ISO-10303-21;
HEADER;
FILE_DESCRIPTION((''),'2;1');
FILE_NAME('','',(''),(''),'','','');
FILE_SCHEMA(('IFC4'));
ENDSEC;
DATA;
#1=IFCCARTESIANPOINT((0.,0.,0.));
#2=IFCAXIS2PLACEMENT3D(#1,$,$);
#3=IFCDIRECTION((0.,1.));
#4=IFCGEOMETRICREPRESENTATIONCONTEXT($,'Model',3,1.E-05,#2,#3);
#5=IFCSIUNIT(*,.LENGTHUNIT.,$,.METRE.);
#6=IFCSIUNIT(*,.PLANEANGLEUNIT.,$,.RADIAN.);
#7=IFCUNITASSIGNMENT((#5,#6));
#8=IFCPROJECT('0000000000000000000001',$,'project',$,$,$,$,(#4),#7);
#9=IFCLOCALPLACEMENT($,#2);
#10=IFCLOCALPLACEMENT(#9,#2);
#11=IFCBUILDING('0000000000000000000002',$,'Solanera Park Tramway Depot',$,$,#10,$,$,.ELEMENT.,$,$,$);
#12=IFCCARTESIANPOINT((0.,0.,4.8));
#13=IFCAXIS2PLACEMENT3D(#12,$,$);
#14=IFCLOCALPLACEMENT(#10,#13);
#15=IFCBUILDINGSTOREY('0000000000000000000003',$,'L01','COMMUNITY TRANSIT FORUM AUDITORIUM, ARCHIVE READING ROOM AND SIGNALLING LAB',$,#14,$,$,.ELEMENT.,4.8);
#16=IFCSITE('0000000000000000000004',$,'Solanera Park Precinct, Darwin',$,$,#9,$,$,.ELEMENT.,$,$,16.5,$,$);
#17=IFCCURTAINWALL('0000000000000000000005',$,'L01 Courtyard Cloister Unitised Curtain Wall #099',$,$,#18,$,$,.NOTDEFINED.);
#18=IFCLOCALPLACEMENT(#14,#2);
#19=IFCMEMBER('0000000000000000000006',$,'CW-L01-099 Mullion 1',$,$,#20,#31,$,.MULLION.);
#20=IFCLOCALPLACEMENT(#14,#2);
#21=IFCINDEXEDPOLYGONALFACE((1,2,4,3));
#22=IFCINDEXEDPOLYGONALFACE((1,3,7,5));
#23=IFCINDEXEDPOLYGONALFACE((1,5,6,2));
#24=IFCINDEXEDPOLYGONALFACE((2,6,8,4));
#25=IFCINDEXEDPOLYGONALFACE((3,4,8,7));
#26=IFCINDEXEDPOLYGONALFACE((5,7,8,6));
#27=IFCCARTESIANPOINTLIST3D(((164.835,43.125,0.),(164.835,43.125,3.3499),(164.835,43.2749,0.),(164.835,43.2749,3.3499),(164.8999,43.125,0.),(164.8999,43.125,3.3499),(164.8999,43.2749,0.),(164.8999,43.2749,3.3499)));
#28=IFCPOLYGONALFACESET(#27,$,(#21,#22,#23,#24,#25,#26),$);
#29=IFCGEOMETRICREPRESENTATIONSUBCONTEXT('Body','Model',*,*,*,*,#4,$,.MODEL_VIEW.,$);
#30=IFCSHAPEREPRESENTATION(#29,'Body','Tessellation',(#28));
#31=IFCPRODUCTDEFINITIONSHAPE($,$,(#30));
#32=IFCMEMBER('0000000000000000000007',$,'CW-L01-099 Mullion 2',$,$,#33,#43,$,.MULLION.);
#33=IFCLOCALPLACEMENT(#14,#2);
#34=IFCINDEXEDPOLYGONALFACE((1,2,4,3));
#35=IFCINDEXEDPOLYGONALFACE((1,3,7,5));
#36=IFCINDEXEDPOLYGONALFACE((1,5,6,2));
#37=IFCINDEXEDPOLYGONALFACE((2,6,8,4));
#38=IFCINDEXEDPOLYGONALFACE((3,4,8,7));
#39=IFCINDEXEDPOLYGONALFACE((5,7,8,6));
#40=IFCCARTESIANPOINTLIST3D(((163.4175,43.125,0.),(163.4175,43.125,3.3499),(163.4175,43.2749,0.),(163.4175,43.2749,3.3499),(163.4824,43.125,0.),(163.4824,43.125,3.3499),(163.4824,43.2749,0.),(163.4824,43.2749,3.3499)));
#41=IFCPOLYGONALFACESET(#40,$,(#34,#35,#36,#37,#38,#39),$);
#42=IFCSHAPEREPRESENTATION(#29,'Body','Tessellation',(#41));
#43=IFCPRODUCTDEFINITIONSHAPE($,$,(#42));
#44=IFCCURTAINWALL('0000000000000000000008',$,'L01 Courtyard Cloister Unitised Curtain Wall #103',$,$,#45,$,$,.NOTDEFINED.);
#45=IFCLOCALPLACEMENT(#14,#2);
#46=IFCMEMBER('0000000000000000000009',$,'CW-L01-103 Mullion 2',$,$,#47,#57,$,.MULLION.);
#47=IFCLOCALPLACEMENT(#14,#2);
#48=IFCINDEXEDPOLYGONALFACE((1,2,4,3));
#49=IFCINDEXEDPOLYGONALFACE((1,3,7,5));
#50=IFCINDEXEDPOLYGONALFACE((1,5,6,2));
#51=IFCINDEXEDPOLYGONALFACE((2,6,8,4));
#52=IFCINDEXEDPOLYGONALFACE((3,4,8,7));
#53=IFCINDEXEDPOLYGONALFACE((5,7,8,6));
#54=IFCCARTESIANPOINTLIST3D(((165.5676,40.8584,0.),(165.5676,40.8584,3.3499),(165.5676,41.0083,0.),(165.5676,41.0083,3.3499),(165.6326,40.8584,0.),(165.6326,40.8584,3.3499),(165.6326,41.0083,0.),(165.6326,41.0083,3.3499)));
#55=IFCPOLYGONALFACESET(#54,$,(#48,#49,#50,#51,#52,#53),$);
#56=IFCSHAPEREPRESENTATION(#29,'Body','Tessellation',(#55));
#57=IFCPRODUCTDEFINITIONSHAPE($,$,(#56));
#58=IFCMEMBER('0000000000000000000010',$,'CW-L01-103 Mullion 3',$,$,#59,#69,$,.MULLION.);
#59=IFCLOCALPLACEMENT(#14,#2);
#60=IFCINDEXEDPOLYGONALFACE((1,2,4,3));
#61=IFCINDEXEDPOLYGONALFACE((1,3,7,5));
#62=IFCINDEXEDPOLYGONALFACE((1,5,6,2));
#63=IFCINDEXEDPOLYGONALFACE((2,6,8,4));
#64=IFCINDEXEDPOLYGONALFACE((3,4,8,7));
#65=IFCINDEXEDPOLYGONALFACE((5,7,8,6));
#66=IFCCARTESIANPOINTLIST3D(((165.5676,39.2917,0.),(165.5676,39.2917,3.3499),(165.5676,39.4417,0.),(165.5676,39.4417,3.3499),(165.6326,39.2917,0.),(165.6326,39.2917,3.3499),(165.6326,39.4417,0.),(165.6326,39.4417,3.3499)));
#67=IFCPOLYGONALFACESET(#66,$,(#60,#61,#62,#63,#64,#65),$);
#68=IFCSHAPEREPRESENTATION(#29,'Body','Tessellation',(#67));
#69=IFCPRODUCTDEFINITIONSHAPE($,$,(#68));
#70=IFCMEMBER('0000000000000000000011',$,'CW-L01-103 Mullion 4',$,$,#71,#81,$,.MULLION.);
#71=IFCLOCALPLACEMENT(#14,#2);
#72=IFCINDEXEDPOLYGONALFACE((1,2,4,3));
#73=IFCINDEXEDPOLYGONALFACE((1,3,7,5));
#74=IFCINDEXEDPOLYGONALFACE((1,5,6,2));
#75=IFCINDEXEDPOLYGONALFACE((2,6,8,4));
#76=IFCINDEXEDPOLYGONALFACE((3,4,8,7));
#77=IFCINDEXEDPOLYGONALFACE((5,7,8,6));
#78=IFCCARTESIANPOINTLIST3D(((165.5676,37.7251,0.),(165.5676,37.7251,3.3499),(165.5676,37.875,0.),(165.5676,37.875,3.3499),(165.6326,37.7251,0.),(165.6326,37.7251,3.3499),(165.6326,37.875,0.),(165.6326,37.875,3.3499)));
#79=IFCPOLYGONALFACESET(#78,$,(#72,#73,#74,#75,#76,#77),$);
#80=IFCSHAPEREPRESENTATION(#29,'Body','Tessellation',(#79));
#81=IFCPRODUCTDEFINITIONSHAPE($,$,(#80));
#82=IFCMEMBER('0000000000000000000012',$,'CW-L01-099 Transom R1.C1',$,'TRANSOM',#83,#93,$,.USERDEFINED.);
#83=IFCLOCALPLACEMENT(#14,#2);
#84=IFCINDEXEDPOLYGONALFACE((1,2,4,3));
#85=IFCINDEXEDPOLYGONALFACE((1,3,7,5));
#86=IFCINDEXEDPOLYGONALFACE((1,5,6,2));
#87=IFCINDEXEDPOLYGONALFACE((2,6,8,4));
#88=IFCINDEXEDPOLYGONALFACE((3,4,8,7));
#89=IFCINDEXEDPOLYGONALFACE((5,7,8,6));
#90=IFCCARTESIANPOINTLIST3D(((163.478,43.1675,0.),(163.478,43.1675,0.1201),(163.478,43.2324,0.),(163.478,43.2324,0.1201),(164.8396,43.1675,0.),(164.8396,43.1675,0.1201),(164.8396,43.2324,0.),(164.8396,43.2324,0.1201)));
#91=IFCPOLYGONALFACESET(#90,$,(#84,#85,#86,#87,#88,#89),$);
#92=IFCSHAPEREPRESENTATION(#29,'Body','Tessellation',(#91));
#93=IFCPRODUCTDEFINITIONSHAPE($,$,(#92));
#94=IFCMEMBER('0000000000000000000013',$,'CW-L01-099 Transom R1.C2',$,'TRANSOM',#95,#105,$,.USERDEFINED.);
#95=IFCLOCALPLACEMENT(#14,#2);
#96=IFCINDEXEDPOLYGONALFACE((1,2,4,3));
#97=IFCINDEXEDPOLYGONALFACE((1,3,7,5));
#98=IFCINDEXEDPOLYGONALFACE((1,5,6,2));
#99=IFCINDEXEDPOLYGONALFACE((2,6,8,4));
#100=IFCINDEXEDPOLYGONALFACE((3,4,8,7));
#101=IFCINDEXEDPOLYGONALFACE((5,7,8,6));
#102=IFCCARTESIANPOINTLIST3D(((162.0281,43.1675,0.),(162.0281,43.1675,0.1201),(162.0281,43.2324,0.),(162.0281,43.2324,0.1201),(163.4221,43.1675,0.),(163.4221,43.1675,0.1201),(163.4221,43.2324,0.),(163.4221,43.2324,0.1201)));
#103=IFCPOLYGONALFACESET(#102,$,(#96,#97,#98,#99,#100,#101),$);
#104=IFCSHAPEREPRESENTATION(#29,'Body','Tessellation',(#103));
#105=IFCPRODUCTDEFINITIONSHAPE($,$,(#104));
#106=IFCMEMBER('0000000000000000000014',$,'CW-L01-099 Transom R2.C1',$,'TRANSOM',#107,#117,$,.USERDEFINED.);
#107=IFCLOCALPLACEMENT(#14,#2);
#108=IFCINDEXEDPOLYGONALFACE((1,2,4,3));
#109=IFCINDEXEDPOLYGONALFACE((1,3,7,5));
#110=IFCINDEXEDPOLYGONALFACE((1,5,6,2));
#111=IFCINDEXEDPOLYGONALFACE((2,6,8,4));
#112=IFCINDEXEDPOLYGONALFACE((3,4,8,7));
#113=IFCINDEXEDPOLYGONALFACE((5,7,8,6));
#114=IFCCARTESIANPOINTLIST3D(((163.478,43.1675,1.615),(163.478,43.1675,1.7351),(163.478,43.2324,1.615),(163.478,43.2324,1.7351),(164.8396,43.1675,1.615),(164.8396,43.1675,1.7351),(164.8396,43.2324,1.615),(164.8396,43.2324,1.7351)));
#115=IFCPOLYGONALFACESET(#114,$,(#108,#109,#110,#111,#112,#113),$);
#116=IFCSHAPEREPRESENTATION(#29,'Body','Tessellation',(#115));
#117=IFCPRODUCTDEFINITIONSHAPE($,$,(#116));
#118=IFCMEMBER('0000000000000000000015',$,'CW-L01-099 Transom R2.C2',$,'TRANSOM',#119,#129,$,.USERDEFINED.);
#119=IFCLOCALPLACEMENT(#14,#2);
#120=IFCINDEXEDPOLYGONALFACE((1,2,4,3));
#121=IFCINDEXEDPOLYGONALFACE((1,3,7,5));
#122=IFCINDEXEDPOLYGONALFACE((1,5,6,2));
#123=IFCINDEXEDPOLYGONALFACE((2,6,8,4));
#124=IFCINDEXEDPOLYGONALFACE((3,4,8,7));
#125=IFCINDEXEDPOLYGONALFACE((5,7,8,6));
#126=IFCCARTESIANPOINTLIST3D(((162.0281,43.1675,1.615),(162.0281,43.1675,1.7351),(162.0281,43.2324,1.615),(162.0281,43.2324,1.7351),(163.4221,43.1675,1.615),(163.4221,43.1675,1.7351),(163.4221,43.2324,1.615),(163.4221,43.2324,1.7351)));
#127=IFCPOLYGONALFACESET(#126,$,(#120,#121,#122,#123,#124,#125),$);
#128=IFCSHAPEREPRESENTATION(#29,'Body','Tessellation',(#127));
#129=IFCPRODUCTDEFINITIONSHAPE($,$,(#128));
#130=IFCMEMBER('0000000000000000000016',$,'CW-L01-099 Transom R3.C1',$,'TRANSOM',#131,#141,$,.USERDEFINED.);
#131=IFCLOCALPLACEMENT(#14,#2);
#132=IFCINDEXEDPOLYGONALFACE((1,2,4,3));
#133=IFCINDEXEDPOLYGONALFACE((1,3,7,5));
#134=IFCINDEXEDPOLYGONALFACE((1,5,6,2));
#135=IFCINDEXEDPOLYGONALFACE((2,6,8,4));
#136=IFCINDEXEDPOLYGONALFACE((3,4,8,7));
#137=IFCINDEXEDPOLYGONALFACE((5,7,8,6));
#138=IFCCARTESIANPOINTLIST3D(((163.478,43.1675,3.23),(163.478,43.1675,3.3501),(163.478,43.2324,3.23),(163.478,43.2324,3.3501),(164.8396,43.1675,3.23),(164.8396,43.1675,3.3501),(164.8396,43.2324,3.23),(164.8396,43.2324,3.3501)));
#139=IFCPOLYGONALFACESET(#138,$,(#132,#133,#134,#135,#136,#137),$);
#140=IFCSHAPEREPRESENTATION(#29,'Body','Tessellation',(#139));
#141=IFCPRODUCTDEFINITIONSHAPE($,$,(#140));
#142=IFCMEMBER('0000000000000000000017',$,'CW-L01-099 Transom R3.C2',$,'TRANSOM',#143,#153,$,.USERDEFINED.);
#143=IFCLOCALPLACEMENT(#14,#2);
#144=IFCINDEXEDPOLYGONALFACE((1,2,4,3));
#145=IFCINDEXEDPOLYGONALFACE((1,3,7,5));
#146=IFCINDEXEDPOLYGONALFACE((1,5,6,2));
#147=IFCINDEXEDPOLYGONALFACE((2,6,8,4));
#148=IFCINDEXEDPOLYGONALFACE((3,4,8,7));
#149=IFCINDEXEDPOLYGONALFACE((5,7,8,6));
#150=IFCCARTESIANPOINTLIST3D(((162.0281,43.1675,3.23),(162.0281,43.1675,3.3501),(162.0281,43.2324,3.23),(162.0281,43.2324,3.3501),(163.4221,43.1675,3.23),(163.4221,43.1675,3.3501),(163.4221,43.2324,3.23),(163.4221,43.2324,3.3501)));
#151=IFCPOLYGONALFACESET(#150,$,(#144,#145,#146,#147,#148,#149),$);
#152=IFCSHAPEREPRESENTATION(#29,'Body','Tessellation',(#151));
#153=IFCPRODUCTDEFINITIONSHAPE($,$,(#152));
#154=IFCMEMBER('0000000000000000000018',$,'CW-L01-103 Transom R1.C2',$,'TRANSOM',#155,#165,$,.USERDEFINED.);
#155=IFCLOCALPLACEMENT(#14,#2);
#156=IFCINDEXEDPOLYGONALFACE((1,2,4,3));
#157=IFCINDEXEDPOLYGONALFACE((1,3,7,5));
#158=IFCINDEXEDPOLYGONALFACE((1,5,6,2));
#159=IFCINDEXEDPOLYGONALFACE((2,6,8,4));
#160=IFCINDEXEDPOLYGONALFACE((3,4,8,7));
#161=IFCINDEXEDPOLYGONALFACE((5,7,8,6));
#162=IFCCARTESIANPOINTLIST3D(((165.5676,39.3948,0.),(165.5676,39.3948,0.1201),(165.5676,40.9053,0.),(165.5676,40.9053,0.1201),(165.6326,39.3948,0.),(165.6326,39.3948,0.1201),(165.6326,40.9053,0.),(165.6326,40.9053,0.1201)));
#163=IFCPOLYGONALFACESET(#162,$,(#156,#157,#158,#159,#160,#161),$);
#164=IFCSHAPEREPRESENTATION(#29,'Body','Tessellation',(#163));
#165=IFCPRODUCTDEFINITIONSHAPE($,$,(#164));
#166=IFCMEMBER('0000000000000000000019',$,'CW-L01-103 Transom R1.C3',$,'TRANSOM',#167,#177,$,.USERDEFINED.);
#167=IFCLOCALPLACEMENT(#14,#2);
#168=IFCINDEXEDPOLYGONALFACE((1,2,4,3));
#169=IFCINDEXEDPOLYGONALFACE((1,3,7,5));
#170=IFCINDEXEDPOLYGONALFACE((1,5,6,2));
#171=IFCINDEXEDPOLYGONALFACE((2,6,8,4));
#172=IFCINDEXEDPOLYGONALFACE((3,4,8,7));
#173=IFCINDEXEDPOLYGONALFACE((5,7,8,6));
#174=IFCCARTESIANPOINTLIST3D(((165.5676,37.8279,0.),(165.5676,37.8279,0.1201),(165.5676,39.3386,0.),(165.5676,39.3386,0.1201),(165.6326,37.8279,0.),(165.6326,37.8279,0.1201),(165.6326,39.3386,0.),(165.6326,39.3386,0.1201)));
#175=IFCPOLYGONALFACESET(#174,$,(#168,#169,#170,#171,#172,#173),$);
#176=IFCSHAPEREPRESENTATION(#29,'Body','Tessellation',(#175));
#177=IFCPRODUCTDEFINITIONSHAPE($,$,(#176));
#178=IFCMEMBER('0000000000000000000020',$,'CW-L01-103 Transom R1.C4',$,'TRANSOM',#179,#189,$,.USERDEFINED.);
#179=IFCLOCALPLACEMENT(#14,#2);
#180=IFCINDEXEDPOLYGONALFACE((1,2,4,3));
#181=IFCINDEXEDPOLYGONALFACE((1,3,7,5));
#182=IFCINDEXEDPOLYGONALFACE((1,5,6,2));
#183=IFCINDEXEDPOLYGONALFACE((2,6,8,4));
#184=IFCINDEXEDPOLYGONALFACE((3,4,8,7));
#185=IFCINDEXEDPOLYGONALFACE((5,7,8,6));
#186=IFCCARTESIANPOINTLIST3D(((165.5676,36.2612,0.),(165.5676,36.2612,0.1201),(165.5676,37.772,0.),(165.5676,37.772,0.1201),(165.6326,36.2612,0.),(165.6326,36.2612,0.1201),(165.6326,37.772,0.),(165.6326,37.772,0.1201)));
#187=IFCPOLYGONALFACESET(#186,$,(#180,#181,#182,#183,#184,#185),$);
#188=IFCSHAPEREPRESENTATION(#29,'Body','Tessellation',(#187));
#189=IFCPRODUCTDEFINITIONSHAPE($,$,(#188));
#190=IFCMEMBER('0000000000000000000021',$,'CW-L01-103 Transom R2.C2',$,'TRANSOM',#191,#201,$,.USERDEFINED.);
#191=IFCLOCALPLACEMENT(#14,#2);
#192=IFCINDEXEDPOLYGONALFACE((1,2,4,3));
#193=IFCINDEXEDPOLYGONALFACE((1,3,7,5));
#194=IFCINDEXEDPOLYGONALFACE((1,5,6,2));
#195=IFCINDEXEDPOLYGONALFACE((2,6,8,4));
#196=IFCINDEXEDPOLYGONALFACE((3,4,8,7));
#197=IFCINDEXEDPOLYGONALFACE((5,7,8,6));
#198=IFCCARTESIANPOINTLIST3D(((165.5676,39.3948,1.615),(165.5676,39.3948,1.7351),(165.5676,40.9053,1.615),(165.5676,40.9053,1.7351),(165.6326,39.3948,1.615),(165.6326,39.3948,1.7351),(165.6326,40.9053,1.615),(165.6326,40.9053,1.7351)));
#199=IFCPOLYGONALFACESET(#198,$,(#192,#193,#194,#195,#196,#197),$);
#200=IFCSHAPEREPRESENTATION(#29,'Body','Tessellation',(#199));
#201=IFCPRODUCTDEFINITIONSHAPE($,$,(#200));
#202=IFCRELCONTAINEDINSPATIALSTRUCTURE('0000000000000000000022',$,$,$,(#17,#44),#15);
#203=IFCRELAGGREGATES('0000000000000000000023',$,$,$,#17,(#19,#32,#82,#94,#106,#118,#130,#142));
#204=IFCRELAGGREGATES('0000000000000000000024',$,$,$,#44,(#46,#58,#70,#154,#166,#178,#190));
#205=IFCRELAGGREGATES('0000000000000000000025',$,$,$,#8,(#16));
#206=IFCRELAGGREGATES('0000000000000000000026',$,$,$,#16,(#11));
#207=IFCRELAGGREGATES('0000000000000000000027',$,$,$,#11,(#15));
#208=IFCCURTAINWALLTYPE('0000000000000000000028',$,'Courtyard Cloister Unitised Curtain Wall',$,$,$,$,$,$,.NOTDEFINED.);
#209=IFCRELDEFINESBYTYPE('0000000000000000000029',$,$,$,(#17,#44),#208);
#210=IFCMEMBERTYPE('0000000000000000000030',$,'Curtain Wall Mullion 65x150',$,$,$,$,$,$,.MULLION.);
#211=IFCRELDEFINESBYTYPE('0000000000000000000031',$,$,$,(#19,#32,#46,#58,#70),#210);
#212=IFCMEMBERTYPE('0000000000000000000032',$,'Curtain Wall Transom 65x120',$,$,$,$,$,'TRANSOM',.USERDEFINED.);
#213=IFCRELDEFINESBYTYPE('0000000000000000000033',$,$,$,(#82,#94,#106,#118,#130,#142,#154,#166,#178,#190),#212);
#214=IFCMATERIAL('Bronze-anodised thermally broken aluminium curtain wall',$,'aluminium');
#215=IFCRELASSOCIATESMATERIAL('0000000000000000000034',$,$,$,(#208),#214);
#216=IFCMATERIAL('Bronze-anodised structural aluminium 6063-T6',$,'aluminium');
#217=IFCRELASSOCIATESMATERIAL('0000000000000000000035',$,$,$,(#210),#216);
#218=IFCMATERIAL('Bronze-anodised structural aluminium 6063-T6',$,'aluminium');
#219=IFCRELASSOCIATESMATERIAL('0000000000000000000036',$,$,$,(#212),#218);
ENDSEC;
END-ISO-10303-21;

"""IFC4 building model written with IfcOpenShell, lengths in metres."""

from ifc_helpers import new_model, si_unit, direction, frame, origin, origin_2d, place, context, subcontext, project, spatial, rectangle, extrude, material, material_profile, profile_set, type_object, element, aggregate, save


model = new_model("IFC4")

# Units and contexts
model_context = context("Model", 3, precision=1e-05, world=origin(), true_north=direction((0.0, 1.0)))
body_context = subcontext(model_context, "Body", "Model", "MODEL_VIEW")
ifc_project = project(units=[si_unit("LENGTHUNIT", "METRE"), si_unit("PLANEANGLEUNIT", "RADIAN")], contexts=[model_context])

# Site, building, storey
site_placement = place(None, origin())
site = spatial("IfcSite", under=ifc_project, at=site_placement, Name="Solanera Park Precinct, Darwin", CompositionType="ELEMENT", RefElevation=16.5)
building_placement = place(site_placement, origin())
building = spatial("IfcBuilding", under=site, at=building_placement, Name="Solanera Park Tramway Depot", CompositionType="ELEMENT")
storey_placement = place(building_placement, frame((0.0, 0.0, 4.8)))
storey = spatial("IfcBuildingStorey", under=building, at=storey_placement, Name="L01", Description="COMMUNITY TRANSIT FORUM AUDITORIUM, ARCHIVE READING ROOM AND SIGNALLING LAB", CompositionType="ELEMENT", Elevation=4.8)

# Curtain walls, members
ifc_material_1 = material(Name="Bronze-anodised thermally broken aluminium curtain wall", Category="aluminium")
curtain_wall_type = type_object("IfcCurtainWallType", Name="Courtyard Cloister Unitised Curtain Wall", PredefinedType="NOTDEFINED", material=ifc_material_1)
curtain_wall_1_placement = place(storey_placement, origin())
curtain_wall_1 = element("IfcCurtainWall", 1, at=curtain_wall_1_placement, inside=storey, type_object=curtain_wall_type, Name="L01 Courtyard Cloister Unitised Curtain Wall #099", PredefinedType="NOTDEFINED")
ifc_material_2 = material(Name="Bronze-anodised structural aluminium 6063-T6", Category="aluminium")
ifc_material_profile_1 = material_profile(ifc_material_2, rectangle(XDim=0.0649, YDim=0.1499, at=origin_2d()), Name="Curtain Wall Mullion 65x150")
ifc_profile_set_1 = profile_set([ifc_material_profile_1], Name="Bronze-anodised structural aluminium 6063-T6")
member_type_1 = type_object("IfcMemberType", Name="Curtain Wall Mullion 65x150", PredefinedType="MULLION", material=ifc_profile_set_1)
member_1_placement = place(storey_placement, frame((164.8674, 43.2, 0.0), z_axis=(0.0, 0.0, 1.0), x_axis=(1.0, 0.0, 0.0)))
member_1 = element("IfcMember", 2, at=member_1_placement, type_object=member_type_1, Name="CW-L01-099 Mullion 1", PredefinedType="MULLION", context=body_context, shape_type="SweptSolid", body=[
    extrude(rectangle(XDim=0.0649, YDim=0.1499, at=origin_2d()), origin(), (0.0, 0.0, 1.0), 3.3499),
])
member_2_placement = place(storey_placement, frame((163.45, 43.2, 0.0), z_axis=(0.0, 0.0, 1.0), x_axis=(1.0, 0.0, 0.0)))
member_2 = element("IfcMember", 3, at=member_2_placement, type_object=member_type_1, Name="CW-L01-099 Mullion 2", PredefinedType="MULLION", context=body_context, shape_type="SweptSolid", body=[
    extrude(rectangle(XDim=0.0649, YDim=0.1499, at=origin_2d()), origin(), (0.0, 0.0, 1.0), 3.3499),
])
curtain_wall_2_placement = place(storey_placement, origin())
curtain_wall_2 = element("IfcCurtainWall", 4, at=curtain_wall_2_placement, inside=storey, type_object=curtain_wall_type, Name="L01 Courtyard Cloister Unitised Curtain Wall #103", PredefinedType="NOTDEFINED")
member_3_placement = place(storey_placement, frame((165.6001, 40.9333, 0.0), z_axis=(0.0, 0.0, 1.0), x_axis=(1.0, 0.0, 0.0)))
member_3 = element("IfcMember", 5, at=member_3_placement, type_object=member_type_1, Name="CW-L01-103 Mullion 2", PredefinedType="MULLION", context=body_context, shape_type="SweptSolid", body=[
    extrude(rectangle(XDim=0.0649, YDim=0.1499, at=origin_2d()), origin(), (0.0, 0.0, 1.0), 3.3499),
])
member_4_placement = place(storey_placement, frame((165.6001, 39.3667, 0.0), z_axis=(0.0, 0.0, 1.0), x_axis=(1.0, 0.0, 0.0)))
member_4 = element("IfcMember", 6, at=member_4_placement, type_object=member_type_1, Name="CW-L01-103 Mullion 3", PredefinedType="MULLION", context=body_context, shape_type="SweptSolid", body=[
    extrude(rectangle(XDim=0.0649, YDim=0.1499, at=origin_2d()), origin(), (0.0, 0.0, 1.0), 3.3499),
])
member_5_placement = place(storey_placement, frame((165.6001, 37.8, 0.0), z_axis=(0.0, 0.0, 1.0), x_axis=(1.0, 0.0, 0.0)))
member_5 = element("IfcMember", 7, at=member_5_placement, type_object=member_type_1, Name="CW-L01-103 Mullion 4", PredefinedType="MULLION", context=body_context, shape_type="SweptSolid", body=[
    extrude(rectangle(XDim=0.0649, YDim=0.1499, at=origin_2d()), origin(), (0.0, 0.0, 1.0), 3.3499),
])

# Members
ifc_material_3 = material(Name="Bronze-anodised structural aluminium 6063-T6", Category="aluminium")
ifc_material_profile_2 = material_profile(ifc_material_3, rectangle(XDim=0.0649, YDim=0.1201, at=origin_2d()), Name="Curtain Wall Transom 65x120")
ifc_profile_set_2 = profile_set([ifc_material_profile_2], Name="Bronze-anodised structural aluminium 6063-T6")
member_type_2 = type_object("IfcMemberType", Name="Curtain Wall Transom 65x120", ElementType="TRANSOM", PredefinedType="USERDEFINED", material=ifc_profile_set_2)
member_6_placement = place(storey_placement, frame((164.8396, 43.2, 0.0601), z_axis=(-1.0, 0.0, 0.0), x_axis=(0.0, -1.0, 0.0)))
member_6 = element("IfcMember", 8, at=member_6_placement, type_object=member_type_2, Name="CW-L01-099 Transom R1.C1", ObjectType="TRANSOM", PredefinedType="USERDEFINED", context=body_context, shape_type="SweptSolid", body=[
    extrude(rectangle(XDim=0.0649, YDim=0.1201, at=origin_2d()), origin(), (0.0, 0.0, 1.0), 1.3616),
])
member_7_placement = place(storey_placement, frame((163.4221, 43.2, 0.0601), z_axis=(-1.0, 0.0, 0.0), x_axis=(0.0, -1.0, 0.0)))
member_7 = element("IfcMember", 9, at=member_7_placement, type_object=member_type_2, Name="CW-L01-099 Transom R1.C2", ObjectType="TRANSOM", PredefinedType="USERDEFINED", context=body_context, shape_type="SweptSolid", body=[
    extrude(rectangle(XDim=0.0649, YDim=0.1201, at=origin_2d()), origin(), (0.0, 0.0, 1.0), 1.394),
])
member_8_placement = place(storey_placement, frame((164.8396, 43.2, 1.675), z_axis=(-1.0, 0.0, 0.0), x_axis=(0.0, -1.0, 0.0)))
member_8 = element("IfcMember", 10, at=member_8_placement, type_object=member_type_2, Name="CW-L01-099 Transom R2.C1", ObjectType="TRANSOM", PredefinedType="USERDEFINED", context=body_context, shape_type="SweptSolid", body=[
    extrude(rectangle(XDim=0.0649, YDim=0.1201, at=origin_2d()), origin(), (0.0, 0.0, 1.0), 1.3616),
])
member_9_placement = place(storey_placement, frame((163.4221, 43.2, 1.675), z_axis=(-1.0, 0.0, 0.0), x_axis=(0.0, -1.0, 0.0)))
member_9 = element("IfcMember", 11, at=member_9_placement, type_object=member_type_2, Name="CW-L01-099 Transom R2.C2", ObjectType="TRANSOM", PredefinedType="USERDEFINED", context=body_context, shape_type="SweptSolid", body=[
    extrude(rectangle(XDim=0.0649, YDim=0.1201, at=origin_2d()), origin(), (0.0, 0.0, 1.0), 1.394),
])
member_10_placement = place(storey_placement, frame((164.8396, 43.2, 3.29), z_axis=(-1.0, 0.0, 0.0), x_axis=(0.0, -1.0, 0.0)))
member_10 = element("IfcMember", 12, at=member_10_placement, type_object=member_type_2, Name="CW-L01-099 Transom R3.C1", ObjectType="TRANSOM", PredefinedType="USERDEFINED", context=body_context, shape_type="SweptSolid", body=[
    extrude(rectangle(XDim=0.0649, YDim=0.1201, at=origin_2d()), origin(), (0.0, 0.0, 1.0), 1.3616),
])
member_11_placement = place(storey_placement, frame((163.4221, 43.2, 3.29), z_axis=(-1.0, 0.0, 0.0), x_axis=(0.0, -1.0, 0.0)))
member_11 = element("IfcMember", 13, at=member_11_placement, type_object=member_type_2, Name="CW-L01-099 Transom R3.C2", ObjectType="TRANSOM", PredefinedType="USERDEFINED", context=body_context, shape_type="SweptSolid", body=[
    extrude(rectangle(XDim=0.0649, YDim=0.1201, at=origin_2d()), origin(), (0.0, 0.0, 1.0), 1.394),
])
member_12_placement = place(storey_placement, frame((165.6001, 40.9053, 0.0601), z_axis=(0.0, -1.0, 0.0), x_axis=(1.0, 0.0, 0.0)))
member_12 = element("IfcMember", 14, at=member_12_placement, type_object=member_type_2, Name="CW-L01-103 Transom R1.C2", ObjectType="TRANSOM", PredefinedType="USERDEFINED", context=body_context, shape_type="SweptSolid", body=[
    extrude(rectangle(XDim=0.0649, YDim=0.1201, at=origin_2d()), origin(), (0.0, 0.0, 1.0), 1.5105),
])
member_13_placement = place(storey_placement, frame((165.6001, 39.3386, 0.0601), z_axis=(0.0, -1.0, 0.0), x_axis=(1.0, 0.0, 0.0)))
member_13 = element("IfcMember", 15, at=member_13_placement, type_object=member_type_2, Name="CW-L01-103 Transom R1.C3", ObjectType="TRANSOM", PredefinedType="USERDEFINED", context=body_context, shape_type="SweptSolid", body=[
    extrude(rectangle(XDim=0.0649, YDim=0.1201, at=origin_2d()), origin(), (0.0, 0.0, 1.0), 1.5107),
])
member_14_placement = place(storey_placement, frame((165.6001, 37.772, 0.0601), z_axis=(0.0, -1.0, 0.0), x_axis=(1.0, 0.0, 0.0)))
member_14 = element("IfcMember", 16, at=member_14_placement, type_object=member_type_2, Name="CW-L01-103 Transom R1.C4", ObjectType="TRANSOM", PredefinedType="USERDEFINED", context=body_context, shape_type="SweptSolid", body=[
    extrude(rectangle(XDim=0.0649, YDim=0.1201, at=origin_2d()), origin(), (0.0, 0.0, 1.0), 1.5107),
])
member_15_placement = place(storey_placement, frame((165.6001, 40.9053, 1.675), z_axis=(0.0, -1.0, 0.0), x_axis=(1.0, 0.0, 0.0)))
member_15 = element("IfcMember", 17, at=member_15_placement, type_object=member_type_2, Name="CW-L01-103 Transom R2.C2", ObjectType="TRANSOM", PredefinedType="USERDEFINED", context=body_context, shape_type="SweptSolid", body=[
    extrude(rectangle(XDim=0.0649, YDim=0.1201, at=origin_2d()), origin(), (0.0, 0.0, 1.0), 1.5105),
])

aggregate(curtain_wall_1, [member_1, member_2, member_6, member_7, member_8, member_9, member_10, member_11])
aggregate(curtain_wall_2, [member_3, member_4, member_5, member_12, member_13, member_14, member_15])

save(model, "model.ifc")
